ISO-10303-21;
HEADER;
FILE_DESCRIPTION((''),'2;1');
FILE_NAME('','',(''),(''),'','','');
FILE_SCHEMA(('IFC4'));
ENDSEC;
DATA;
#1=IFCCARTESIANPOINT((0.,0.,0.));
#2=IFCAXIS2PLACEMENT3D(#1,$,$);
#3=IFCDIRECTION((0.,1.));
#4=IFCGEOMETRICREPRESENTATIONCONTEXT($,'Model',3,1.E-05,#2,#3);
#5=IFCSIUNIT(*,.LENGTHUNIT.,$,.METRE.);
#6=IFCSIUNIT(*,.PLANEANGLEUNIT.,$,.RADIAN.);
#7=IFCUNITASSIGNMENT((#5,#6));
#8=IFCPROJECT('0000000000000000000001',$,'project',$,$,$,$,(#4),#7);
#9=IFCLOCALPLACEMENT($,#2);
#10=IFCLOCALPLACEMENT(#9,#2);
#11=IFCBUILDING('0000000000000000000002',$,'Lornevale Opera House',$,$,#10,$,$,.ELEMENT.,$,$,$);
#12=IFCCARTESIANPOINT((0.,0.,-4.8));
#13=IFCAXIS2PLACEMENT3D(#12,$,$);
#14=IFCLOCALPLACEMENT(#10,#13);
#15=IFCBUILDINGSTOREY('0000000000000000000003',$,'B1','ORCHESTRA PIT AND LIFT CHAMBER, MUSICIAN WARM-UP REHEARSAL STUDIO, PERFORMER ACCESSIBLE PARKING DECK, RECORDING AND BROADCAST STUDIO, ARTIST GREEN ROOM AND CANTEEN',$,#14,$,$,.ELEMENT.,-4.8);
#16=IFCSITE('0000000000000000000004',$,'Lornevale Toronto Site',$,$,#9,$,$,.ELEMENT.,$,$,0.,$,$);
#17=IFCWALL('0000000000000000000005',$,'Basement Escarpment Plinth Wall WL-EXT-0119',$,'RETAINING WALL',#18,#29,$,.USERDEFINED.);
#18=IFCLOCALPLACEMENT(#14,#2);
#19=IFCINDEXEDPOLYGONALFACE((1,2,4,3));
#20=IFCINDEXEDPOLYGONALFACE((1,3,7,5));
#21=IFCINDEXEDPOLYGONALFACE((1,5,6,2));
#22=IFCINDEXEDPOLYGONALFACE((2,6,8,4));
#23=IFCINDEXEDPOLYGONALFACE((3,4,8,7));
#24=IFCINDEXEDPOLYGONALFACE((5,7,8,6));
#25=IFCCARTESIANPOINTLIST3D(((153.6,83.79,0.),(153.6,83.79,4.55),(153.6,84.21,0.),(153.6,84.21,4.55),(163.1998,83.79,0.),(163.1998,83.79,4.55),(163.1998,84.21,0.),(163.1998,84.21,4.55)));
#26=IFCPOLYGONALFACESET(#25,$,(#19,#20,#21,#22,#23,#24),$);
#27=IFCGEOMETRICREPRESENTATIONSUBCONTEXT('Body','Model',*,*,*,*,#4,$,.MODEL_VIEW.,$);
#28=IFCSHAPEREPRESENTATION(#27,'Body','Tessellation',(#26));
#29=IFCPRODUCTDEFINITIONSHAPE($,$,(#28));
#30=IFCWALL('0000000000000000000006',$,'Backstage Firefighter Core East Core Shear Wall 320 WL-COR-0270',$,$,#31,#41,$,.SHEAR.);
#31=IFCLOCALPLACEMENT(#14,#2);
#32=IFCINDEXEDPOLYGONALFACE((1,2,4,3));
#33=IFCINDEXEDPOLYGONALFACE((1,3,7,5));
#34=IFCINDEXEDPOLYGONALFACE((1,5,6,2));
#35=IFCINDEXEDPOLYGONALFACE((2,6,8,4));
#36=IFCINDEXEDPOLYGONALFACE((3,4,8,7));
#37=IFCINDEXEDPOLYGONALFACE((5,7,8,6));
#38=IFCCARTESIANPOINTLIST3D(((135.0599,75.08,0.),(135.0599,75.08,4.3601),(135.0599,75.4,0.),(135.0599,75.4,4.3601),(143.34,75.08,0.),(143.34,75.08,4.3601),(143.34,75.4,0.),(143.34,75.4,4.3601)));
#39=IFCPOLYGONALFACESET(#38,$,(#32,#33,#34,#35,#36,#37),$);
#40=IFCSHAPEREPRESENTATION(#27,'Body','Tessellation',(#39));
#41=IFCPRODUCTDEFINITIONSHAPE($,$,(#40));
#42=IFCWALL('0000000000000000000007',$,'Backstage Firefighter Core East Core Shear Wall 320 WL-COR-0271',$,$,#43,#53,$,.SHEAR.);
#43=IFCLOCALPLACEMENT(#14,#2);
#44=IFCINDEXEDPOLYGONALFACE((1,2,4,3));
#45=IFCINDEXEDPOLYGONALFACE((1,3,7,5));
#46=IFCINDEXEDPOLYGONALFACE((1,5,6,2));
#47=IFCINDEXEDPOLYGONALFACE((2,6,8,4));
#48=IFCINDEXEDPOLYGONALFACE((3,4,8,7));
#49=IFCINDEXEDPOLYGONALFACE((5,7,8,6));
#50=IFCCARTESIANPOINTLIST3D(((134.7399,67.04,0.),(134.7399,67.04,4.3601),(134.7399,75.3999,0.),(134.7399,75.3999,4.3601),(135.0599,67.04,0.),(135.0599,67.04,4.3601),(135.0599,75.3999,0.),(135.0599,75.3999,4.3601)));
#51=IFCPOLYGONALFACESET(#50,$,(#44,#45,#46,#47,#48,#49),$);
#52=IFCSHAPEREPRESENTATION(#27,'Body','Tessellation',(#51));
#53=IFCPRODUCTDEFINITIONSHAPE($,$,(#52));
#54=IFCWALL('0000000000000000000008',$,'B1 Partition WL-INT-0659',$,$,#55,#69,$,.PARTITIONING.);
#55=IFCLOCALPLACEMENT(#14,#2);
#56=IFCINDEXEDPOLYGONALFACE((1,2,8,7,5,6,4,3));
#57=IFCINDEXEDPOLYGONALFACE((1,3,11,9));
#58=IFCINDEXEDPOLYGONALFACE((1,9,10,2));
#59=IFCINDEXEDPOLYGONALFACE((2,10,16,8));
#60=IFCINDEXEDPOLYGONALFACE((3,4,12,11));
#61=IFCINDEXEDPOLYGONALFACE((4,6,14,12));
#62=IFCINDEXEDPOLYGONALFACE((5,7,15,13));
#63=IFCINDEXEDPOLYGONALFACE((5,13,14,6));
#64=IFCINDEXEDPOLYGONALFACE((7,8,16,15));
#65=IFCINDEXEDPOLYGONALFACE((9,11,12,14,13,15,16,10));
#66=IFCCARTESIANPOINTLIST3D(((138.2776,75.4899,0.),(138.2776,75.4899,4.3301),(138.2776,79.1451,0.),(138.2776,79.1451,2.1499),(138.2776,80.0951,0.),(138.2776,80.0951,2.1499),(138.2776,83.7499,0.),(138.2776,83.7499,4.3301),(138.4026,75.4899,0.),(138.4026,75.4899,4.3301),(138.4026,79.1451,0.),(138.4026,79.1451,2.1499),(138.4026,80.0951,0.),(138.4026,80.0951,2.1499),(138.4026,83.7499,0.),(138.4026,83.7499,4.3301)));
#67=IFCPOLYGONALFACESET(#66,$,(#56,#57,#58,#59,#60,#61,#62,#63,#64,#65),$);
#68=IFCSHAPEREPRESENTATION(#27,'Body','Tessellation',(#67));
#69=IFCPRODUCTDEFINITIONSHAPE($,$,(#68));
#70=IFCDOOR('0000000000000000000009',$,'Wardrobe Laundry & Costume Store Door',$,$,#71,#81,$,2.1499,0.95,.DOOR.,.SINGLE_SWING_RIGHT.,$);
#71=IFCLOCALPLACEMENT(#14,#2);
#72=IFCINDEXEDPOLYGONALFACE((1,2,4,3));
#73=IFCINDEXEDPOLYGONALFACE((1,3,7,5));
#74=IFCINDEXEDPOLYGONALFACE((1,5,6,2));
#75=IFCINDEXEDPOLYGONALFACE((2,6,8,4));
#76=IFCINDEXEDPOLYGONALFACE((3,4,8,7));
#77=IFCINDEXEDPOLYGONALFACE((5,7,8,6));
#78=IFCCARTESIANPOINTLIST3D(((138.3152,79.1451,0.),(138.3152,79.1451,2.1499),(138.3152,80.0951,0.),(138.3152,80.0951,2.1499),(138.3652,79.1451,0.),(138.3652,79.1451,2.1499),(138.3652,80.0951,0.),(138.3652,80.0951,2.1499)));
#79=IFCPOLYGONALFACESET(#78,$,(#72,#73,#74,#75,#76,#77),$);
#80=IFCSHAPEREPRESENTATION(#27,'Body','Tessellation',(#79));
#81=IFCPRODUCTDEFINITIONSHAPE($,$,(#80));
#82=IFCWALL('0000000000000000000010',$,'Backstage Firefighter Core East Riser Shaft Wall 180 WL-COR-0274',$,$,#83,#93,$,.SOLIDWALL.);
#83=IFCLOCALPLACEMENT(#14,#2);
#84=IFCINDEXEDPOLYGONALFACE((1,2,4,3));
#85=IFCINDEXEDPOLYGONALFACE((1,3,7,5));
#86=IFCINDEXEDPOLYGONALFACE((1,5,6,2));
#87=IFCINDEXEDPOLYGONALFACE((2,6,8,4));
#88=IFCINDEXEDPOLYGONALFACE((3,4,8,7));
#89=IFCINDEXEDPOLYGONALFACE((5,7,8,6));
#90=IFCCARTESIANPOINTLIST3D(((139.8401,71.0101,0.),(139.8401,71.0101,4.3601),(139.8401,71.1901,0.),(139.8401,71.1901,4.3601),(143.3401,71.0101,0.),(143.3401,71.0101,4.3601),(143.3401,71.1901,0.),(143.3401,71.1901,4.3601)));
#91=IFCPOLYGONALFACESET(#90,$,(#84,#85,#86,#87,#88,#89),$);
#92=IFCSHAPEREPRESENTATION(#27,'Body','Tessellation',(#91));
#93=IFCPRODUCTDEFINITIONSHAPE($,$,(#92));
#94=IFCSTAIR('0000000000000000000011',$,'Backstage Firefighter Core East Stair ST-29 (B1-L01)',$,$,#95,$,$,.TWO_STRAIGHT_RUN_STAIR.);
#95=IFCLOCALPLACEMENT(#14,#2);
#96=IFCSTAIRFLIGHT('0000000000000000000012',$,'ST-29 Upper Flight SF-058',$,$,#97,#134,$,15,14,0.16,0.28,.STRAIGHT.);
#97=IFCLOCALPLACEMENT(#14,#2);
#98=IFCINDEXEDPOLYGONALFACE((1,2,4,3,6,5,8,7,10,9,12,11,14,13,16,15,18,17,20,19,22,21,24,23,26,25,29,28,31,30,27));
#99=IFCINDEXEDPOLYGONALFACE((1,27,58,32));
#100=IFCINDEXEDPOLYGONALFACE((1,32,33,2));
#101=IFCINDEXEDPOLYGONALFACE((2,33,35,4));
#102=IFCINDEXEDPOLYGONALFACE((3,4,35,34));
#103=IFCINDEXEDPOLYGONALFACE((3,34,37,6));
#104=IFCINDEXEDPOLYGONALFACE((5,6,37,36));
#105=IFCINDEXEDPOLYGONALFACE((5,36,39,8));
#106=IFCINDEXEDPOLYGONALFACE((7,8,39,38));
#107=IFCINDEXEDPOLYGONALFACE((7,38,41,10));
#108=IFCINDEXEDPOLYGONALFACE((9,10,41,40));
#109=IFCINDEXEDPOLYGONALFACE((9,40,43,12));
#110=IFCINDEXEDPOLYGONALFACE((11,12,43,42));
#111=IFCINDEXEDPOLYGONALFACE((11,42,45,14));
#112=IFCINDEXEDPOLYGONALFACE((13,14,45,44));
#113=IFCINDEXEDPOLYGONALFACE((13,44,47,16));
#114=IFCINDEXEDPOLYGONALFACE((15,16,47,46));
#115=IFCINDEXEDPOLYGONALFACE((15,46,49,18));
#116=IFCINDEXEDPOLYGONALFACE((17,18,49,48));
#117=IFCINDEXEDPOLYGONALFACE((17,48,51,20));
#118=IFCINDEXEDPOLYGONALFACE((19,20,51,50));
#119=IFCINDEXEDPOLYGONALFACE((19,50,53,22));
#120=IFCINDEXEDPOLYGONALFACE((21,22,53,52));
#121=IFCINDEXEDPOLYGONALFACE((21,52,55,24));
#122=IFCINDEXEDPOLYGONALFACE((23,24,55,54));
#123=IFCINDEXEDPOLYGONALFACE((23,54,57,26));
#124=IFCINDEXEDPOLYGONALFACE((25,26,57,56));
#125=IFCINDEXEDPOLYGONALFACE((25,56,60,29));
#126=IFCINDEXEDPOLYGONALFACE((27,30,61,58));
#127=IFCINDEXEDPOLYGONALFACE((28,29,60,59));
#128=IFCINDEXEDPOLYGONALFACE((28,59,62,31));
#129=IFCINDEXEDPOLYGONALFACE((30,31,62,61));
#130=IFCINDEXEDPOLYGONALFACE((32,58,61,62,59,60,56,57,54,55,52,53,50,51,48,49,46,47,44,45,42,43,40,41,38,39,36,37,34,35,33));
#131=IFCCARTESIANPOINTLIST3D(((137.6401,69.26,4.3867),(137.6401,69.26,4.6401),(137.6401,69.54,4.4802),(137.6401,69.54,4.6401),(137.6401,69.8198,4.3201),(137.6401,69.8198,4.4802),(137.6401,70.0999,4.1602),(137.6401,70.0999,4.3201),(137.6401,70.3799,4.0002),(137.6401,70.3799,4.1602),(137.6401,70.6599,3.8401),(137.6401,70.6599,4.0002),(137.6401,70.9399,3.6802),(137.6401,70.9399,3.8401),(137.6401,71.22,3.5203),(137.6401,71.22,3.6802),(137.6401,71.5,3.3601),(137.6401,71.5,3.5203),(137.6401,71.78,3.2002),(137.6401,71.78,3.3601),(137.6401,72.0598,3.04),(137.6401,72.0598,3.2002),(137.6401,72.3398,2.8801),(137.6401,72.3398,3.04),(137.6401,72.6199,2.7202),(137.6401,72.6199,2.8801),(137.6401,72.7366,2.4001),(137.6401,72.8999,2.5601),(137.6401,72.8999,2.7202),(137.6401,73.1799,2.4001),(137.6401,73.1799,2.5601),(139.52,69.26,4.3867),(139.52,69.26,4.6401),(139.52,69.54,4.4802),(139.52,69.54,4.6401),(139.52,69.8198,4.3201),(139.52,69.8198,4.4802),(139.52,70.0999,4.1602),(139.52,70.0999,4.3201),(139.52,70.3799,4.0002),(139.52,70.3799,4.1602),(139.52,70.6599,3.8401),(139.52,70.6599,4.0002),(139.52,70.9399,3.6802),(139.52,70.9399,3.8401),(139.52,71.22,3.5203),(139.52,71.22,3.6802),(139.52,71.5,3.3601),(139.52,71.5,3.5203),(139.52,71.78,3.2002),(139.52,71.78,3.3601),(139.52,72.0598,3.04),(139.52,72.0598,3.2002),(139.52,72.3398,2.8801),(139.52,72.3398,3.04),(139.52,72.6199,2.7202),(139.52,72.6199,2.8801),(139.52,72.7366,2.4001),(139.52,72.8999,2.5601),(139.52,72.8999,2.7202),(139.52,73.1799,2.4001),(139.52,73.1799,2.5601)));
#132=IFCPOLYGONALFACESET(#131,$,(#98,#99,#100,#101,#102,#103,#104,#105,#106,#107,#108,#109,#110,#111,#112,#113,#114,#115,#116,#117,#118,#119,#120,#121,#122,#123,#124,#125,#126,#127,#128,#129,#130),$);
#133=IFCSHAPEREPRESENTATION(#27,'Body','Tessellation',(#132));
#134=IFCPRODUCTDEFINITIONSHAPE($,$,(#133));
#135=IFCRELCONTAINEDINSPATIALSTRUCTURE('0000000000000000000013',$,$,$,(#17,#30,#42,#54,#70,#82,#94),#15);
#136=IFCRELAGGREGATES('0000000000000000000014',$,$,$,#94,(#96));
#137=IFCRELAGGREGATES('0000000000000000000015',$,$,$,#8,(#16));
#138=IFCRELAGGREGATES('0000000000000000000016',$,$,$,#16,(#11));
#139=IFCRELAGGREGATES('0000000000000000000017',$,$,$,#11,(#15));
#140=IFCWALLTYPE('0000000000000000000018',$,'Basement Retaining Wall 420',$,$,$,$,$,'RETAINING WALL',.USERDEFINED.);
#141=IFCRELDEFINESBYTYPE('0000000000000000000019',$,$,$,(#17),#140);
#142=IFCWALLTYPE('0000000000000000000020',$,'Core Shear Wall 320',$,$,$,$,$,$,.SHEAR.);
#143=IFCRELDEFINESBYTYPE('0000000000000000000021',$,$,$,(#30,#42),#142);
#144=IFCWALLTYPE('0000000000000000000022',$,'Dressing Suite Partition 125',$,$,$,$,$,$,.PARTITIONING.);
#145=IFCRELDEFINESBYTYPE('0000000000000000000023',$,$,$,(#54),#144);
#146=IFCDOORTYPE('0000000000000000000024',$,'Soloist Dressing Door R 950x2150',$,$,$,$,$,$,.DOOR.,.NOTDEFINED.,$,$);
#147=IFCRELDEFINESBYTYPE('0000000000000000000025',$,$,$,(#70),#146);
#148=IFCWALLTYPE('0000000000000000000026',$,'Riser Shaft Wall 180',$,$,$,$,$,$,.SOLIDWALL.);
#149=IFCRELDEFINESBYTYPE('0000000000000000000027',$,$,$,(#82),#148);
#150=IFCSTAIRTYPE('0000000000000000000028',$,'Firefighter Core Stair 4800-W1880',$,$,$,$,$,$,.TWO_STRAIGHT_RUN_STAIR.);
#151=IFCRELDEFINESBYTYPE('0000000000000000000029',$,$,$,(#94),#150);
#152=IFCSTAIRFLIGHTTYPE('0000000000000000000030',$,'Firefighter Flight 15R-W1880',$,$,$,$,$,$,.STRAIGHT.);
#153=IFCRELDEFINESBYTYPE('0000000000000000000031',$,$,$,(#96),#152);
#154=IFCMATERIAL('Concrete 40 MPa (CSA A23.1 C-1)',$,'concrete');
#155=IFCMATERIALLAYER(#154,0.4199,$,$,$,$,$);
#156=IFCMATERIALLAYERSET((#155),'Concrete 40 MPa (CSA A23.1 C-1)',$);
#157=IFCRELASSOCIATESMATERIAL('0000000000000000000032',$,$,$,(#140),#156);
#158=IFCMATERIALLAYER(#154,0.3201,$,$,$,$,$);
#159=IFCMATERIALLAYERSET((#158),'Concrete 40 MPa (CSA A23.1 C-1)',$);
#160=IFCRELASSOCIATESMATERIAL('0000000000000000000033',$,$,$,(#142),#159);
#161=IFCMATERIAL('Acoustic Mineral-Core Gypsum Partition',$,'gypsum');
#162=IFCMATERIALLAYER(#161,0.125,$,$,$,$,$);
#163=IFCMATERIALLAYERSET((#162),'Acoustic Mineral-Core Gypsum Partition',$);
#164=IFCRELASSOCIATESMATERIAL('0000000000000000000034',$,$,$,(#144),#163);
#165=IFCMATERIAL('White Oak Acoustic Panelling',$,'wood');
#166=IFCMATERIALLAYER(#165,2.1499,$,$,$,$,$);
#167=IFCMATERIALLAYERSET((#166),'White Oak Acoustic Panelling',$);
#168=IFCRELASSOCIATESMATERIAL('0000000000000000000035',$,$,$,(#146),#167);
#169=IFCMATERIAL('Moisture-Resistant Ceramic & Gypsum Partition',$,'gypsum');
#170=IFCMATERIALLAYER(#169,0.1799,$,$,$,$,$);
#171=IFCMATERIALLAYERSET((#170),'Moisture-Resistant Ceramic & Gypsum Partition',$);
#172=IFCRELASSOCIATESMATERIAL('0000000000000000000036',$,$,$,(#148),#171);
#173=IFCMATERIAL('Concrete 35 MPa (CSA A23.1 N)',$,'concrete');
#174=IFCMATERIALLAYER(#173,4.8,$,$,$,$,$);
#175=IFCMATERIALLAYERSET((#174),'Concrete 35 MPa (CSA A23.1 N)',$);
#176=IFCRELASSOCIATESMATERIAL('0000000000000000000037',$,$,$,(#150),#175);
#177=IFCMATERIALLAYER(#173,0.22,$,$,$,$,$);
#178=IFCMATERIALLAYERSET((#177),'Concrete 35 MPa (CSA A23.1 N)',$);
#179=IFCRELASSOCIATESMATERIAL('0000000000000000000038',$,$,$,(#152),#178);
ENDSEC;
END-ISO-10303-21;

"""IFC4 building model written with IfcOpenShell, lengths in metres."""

from ifc_helpers import new_model, si_unit, direction, frame, frame_2d, origin, place, context, subcontext, project, spatial, polyline, rectangle, outline, extrude, material, layer, layer_set, type_object, element, fill, aggregate, save


model = new_model("IFC4")

# Units and contexts
model_context = context("Model", 3, precision=1e-05, world=origin(), true_north=direction((0.0, 1.0)))
body_context = subcontext(model_context, "Body", "Model", "MODEL_VIEW")
ifc_project = project(units=[si_unit("LENGTHUNIT", "METRE"), si_unit("PLANEANGLEUNIT", "RADIAN")], contexts=[model_context])

# Site, building, storey
site_placement = place(None, origin())
site = spatial("IfcSite", under=ifc_project, at=site_placement, Name="Lornevale Toronto Site", CompositionType="ELEMENT", RefElevation=0.0)
building_placement = place(site_placement, origin())
building = spatial("IfcBuilding", under=site, at=building_placement, Name="Lornevale Opera House", CompositionType="ELEMENT")
storey_placement = place(building_placement, frame((0.0, 0.0, -4.8)))
storey = spatial("IfcBuildingStorey", under=building, at=storey_placement, Name="B1", Description="ORCHESTRA PIT AND LIFT CHAMBER, MUSICIAN WARM-UP REHEARSAL STUDIO, PERFORMER ACCESSIBLE PARKING DECK, RECORDING AND BROADCAST STUDIO, ARTIST GREEN ROOM AND CANTEEN", CompositionType="ELEMENT", Elevation=-4.8)

# Shared definitions
ifc_material_1 = material(Name="Concrete 40 MPa (CSA A23.1 C-1)", Category="concrete")

# Shared definitions
ifc_material_2 = material(Name="Concrete 35 MPa (CSA A23.1 N)", Category="concrete")

# Walls
ifc_layer_1 = layer(ifc_material_1, 0.4199)
ifc_layer_set_1 = layer_set([ifc_layer_1], Name="Concrete 40 MPa (CSA A23.1 C-1)")
wall_type_1 = type_object("IfcWallType", Name="Basement Retaining Wall 420", ElementType="RETAINING WALL", PredefinedType="USERDEFINED", material=ifc_layer_set_1)
wall_1_placement = place(storey_placement, frame((153.6001, 84.0, 0.0), z_axis=(0.0, 0.0, 1.0), x_axis=(1.0, 0.0, 0.0)))
element("IfcWall", 1, at=wall_1_placement, inside=storey, type_object=wall_type_1, Name="Basement Escarpment Plinth Wall WL-EXT-0119", ObjectType="RETAINING WALL", PredefinedType="USERDEFINED", context=body_context, shape_type="SweptSolid", body=[
    extrude(rectangle(XDim=9.5999, YDim=0.4199, at=frame_2d((4.7998, 0.0))), origin(), (0.0, 0.0, 1.0), 4.55),
])
ifc_layer_2 = layer(ifc_material_1, 0.3201)
ifc_layer_set_2 = layer_set([ifc_layer_2], Name="Concrete 40 MPa (CSA A23.1 C-1)")
wall_type_2 = type_object("IfcWallType", Name="Core Shear Wall 320", PredefinedType="SHEAR", material=ifc_layer_set_2)
wall_2_placement = place(storey_placement, frame((143.3401, 75.24, 0.0), z_axis=(0.0, 0.0, 1.0), x_axis=(-1.0, 0.0, 0.0)))
element("IfcWall", 2, at=wall_2_placement, inside=storey, type_object=wall_type_2, Name="Backstage Firefighter Core East Core Shear Wall 320 WL-COR-0270", PredefinedType="SHEAR", context=body_context, shape_type="SweptSolid", body=[
    extrude(rectangle(XDim=8.28, YDim=0.3201, at=frame_2d((4.1401, 0.0))), origin(), (0.0, 0.0, 1.0), 4.3601),
])
wall_3_placement = place(storey_placement, frame((134.8999, 75.3999, 0.0), z_axis=(0.0, 0.0, 1.0), x_axis=(0.0, -1.0, 0.0)))
element("IfcWall", 3, at=wall_3_placement, inside=storey, type_object=wall_type_2, Name="Backstage Firefighter Core East Core Shear Wall 320 WL-COR-0271", PredefinedType="SHEAR", context=body_context, shape_type="SweptSolid", body=[
    extrude(rectangle(XDim=8.3599, YDim=0.3201, at=frame_2d((4.1799, 0.0))), origin(), (0.0, 0.0, 1.0), 4.3601),
])

# Wall, opening, door
ifc_material_3 = material(Name="Acoustic Mineral-Core Gypsum Partition", Category="gypsum")
ifc_layer_3 = layer(ifc_material_3, 0.125)
ifc_layer_set_3 = layer_set([ifc_layer_3], Name="Acoustic Mineral-Core Gypsum Partition")
wall_type_3 = type_object("IfcWallType", Name="Dressing Suite Partition 125", PredefinedType="PARTITIONING", material=ifc_layer_set_3)
wall_4_placement = place(storey_placement, frame((138.3401, 75.49, 0.0), z_axis=(0.0, 0.0, 1.0), x_axis=(0.0, 1.0, 0.0)))
wall_4 = element("IfcWall", 4, at=wall_4_placement, inside=storey, type_object=wall_type_3, Name="B1 Partition WL-INT-0659", PredefinedType="PARTITIONING", context=body_context, shape_type="SweptSolid", body=[
    extrude(rectangle(XDim=8.26, YDim=0.125, at=frame_2d((4.1299, 0.0))), origin(), (0.0, 0.0, 1.0), 4.3301),
])
opening_placement = place(wall_4_placement, frame((3.655, 0.0, 0.0)))
opening = element("IfcOpeningElement", 5, at=opening_placement, cuts=wall_4, PredefinedType="OPENING", context=body_context, shape_type="SweptSolid", body=[
    extrude(rectangle(XDim=0.95, YDim=2.1499, at=frame_2d((0.4751, 1.075))), frame((0.0, 0.0725, 0.0), z_axis=(0.0, -1.0, 0.0), x_axis=(1.0, 0.0, 0.0)), (0.0, 0.0, 1.0), 0.145),
])
ifc_material_4 = material(Name="White Oak Acoustic Panelling", Category="wood")
ifc_layer_4 = layer(ifc_material_4, 2.1499)
ifc_layer_set_4 = layer_set([ifc_layer_4], Name="White Oak Acoustic Panelling")
door_type = type_object("IfcDoorType", Name="Soloist Dressing Door R 950x2150", OperationType="NOTDEFINED", PredefinedType="DOOR", material=ifc_layer_set_4)
door_placement = place(opening_placement, origin())
door = element("IfcDoor", 6, at=door_placement, inside=storey, type_object=door_type, Name="Wardrobe Laundry & Costume Store Door", OperationType="SINGLE_SWING_RIGHT", OverallHeight=2.1499, OverallWidth=0.95, PredefinedType="DOOR", context=body_context, shape_type="SweptSolid", body=[
    extrude(rectangle(XDim=0.95, YDim=2.1499, at=frame_2d((0.4751, 1.075))), frame((0.0, 0.0249, 0.0), z_axis=(0.0, -1.0, 0.0), x_axis=(1.0, 0.0, 0.0)), (0.0, 0.0, 1.0), 0.05),
])
fill(opening, door)

# Wall
ifc_material_5 = material(Name="Moisture-Resistant Ceramic & Gypsum Partition", Category="gypsum")
ifc_layer_5 = layer(ifc_material_5, 0.1799)
ifc_layer_set_5 = layer_set([ifc_layer_5], Name="Moisture-Resistant Ceramic & Gypsum Partition")
wall_type_4 = type_object("IfcWallType", Name="Riser Shaft Wall 180", PredefinedType="SOLIDWALL", material=ifc_layer_set_5)
wall_5_placement = place(storey_placement, frame((139.8401, 71.1001, 0.0), z_axis=(0.0, 0.0, 1.0), x_axis=(1.0, 0.0, 0.0)))
element("IfcWall", 7, at=wall_5_placement, inside=storey, type_object=wall_type_4, Name="Backstage Firefighter Core East Riser Shaft Wall 180 WL-COR-0274", PredefinedType="SOLIDWALL", context=body_context, shape_type="SweptSolid", body=[
    extrude(rectangle(XDim=3.5, YDim=0.1799, at=frame_2d((1.75, 0.0))), origin(), (0.0, 0.0, 1.0), 4.3601),
])

# Stair, stair flight
ifc_layer_6 = layer(ifc_material_2, 4.8)
ifc_layer_set_6 = layer_set([ifc_layer_6], Name="Concrete 35 MPa (CSA A23.1 N)")
stair_type = type_object("IfcStairType", Name="Firefighter Core Stair 4800-W1880", PredefinedType="TWO_STRAIGHT_RUN_STAIR", material=ifc_layer_set_6)
stair_placement = place(storey_placement, origin())
stair = element("IfcStair", 8, at=stair_placement, inside=storey, type_object=stair_type, Name="Backstage Firefighter Core East Stair ST-29 (B1-L01)", PredefinedType="TWO_STRAIGHT_RUN_STAIR")
ifc_layer_7 = layer(ifc_material_2, 0.22)
ifc_layer_set_7 = layer_set([ifc_layer_7], Name="Concrete 35 MPa (CSA A23.1 N)")
stair_flight_type = type_object("IfcStairFlightType", Name="Firefighter Flight 15R-W1880", PredefinedType="STRAIGHT", material=ifc_layer_set_7)
stair_flight_placement = place(storey_placement, frame((138.5801, 73.1799, 2.4001), z_axis=(0.0, 0.0, 1.0), x_axis=(0.0, -1.0, 0.0)))
stair_flight = element("IfcStairFlight", 9, at=stair_flight_placement, type_object=stair_flight_type, Name="ST-29 Upper Flight SF-058", NumberOfRisers=15, NumberOfTreads=14, PredefinedType="STRAIGHT", RiserHeight=0.16, TreadLength=0.28, context=body_context, shape_type="SweptSolid", body=[
    extrude(outline(polyline([(0.0, 0.0), (0.0, 0.1599), (0.28, 0.1599), (0.28, 0.3201), (0.5601, 0.3201), (0.5601, 0.48), (0.8401, 0.48), (0.8401, 0.6399), (1.1201, 0.6399), (1.1201, 0.8), (1.3999, 0.8), (1.3999, 0.96), (1.6799, 0.96), (1.6799, 1.1201), (1.96, 1.1201), (1.96, 1.28), (2.24, 1.28), (2.24, 1.4399), (2.52, 1.4399), (2.52, 1.6001), (2.8, 1.6001), (2.8, 1.76), (3.0801, 1.76), (3.0801, 1.9199), (3.3601, 1.9199), (3.3601, 2.0801), (3.6399, 2.0801), (3.6399, 2.24), (3.9199, 2.24), (3.9199, 1.9866), (0.4434, 0.0), (0.0, 0.0)])), frame((0.0, 0.9399, 0.0), z_axis=(0.0, -1.0, 0.0), x_axis=(1.0, 0.0, 0.0)), (0.0, 0.0, 1.0), 1.8799),
])
aggregate(stair, [stair_flight])

save(model, "model.ifc")
